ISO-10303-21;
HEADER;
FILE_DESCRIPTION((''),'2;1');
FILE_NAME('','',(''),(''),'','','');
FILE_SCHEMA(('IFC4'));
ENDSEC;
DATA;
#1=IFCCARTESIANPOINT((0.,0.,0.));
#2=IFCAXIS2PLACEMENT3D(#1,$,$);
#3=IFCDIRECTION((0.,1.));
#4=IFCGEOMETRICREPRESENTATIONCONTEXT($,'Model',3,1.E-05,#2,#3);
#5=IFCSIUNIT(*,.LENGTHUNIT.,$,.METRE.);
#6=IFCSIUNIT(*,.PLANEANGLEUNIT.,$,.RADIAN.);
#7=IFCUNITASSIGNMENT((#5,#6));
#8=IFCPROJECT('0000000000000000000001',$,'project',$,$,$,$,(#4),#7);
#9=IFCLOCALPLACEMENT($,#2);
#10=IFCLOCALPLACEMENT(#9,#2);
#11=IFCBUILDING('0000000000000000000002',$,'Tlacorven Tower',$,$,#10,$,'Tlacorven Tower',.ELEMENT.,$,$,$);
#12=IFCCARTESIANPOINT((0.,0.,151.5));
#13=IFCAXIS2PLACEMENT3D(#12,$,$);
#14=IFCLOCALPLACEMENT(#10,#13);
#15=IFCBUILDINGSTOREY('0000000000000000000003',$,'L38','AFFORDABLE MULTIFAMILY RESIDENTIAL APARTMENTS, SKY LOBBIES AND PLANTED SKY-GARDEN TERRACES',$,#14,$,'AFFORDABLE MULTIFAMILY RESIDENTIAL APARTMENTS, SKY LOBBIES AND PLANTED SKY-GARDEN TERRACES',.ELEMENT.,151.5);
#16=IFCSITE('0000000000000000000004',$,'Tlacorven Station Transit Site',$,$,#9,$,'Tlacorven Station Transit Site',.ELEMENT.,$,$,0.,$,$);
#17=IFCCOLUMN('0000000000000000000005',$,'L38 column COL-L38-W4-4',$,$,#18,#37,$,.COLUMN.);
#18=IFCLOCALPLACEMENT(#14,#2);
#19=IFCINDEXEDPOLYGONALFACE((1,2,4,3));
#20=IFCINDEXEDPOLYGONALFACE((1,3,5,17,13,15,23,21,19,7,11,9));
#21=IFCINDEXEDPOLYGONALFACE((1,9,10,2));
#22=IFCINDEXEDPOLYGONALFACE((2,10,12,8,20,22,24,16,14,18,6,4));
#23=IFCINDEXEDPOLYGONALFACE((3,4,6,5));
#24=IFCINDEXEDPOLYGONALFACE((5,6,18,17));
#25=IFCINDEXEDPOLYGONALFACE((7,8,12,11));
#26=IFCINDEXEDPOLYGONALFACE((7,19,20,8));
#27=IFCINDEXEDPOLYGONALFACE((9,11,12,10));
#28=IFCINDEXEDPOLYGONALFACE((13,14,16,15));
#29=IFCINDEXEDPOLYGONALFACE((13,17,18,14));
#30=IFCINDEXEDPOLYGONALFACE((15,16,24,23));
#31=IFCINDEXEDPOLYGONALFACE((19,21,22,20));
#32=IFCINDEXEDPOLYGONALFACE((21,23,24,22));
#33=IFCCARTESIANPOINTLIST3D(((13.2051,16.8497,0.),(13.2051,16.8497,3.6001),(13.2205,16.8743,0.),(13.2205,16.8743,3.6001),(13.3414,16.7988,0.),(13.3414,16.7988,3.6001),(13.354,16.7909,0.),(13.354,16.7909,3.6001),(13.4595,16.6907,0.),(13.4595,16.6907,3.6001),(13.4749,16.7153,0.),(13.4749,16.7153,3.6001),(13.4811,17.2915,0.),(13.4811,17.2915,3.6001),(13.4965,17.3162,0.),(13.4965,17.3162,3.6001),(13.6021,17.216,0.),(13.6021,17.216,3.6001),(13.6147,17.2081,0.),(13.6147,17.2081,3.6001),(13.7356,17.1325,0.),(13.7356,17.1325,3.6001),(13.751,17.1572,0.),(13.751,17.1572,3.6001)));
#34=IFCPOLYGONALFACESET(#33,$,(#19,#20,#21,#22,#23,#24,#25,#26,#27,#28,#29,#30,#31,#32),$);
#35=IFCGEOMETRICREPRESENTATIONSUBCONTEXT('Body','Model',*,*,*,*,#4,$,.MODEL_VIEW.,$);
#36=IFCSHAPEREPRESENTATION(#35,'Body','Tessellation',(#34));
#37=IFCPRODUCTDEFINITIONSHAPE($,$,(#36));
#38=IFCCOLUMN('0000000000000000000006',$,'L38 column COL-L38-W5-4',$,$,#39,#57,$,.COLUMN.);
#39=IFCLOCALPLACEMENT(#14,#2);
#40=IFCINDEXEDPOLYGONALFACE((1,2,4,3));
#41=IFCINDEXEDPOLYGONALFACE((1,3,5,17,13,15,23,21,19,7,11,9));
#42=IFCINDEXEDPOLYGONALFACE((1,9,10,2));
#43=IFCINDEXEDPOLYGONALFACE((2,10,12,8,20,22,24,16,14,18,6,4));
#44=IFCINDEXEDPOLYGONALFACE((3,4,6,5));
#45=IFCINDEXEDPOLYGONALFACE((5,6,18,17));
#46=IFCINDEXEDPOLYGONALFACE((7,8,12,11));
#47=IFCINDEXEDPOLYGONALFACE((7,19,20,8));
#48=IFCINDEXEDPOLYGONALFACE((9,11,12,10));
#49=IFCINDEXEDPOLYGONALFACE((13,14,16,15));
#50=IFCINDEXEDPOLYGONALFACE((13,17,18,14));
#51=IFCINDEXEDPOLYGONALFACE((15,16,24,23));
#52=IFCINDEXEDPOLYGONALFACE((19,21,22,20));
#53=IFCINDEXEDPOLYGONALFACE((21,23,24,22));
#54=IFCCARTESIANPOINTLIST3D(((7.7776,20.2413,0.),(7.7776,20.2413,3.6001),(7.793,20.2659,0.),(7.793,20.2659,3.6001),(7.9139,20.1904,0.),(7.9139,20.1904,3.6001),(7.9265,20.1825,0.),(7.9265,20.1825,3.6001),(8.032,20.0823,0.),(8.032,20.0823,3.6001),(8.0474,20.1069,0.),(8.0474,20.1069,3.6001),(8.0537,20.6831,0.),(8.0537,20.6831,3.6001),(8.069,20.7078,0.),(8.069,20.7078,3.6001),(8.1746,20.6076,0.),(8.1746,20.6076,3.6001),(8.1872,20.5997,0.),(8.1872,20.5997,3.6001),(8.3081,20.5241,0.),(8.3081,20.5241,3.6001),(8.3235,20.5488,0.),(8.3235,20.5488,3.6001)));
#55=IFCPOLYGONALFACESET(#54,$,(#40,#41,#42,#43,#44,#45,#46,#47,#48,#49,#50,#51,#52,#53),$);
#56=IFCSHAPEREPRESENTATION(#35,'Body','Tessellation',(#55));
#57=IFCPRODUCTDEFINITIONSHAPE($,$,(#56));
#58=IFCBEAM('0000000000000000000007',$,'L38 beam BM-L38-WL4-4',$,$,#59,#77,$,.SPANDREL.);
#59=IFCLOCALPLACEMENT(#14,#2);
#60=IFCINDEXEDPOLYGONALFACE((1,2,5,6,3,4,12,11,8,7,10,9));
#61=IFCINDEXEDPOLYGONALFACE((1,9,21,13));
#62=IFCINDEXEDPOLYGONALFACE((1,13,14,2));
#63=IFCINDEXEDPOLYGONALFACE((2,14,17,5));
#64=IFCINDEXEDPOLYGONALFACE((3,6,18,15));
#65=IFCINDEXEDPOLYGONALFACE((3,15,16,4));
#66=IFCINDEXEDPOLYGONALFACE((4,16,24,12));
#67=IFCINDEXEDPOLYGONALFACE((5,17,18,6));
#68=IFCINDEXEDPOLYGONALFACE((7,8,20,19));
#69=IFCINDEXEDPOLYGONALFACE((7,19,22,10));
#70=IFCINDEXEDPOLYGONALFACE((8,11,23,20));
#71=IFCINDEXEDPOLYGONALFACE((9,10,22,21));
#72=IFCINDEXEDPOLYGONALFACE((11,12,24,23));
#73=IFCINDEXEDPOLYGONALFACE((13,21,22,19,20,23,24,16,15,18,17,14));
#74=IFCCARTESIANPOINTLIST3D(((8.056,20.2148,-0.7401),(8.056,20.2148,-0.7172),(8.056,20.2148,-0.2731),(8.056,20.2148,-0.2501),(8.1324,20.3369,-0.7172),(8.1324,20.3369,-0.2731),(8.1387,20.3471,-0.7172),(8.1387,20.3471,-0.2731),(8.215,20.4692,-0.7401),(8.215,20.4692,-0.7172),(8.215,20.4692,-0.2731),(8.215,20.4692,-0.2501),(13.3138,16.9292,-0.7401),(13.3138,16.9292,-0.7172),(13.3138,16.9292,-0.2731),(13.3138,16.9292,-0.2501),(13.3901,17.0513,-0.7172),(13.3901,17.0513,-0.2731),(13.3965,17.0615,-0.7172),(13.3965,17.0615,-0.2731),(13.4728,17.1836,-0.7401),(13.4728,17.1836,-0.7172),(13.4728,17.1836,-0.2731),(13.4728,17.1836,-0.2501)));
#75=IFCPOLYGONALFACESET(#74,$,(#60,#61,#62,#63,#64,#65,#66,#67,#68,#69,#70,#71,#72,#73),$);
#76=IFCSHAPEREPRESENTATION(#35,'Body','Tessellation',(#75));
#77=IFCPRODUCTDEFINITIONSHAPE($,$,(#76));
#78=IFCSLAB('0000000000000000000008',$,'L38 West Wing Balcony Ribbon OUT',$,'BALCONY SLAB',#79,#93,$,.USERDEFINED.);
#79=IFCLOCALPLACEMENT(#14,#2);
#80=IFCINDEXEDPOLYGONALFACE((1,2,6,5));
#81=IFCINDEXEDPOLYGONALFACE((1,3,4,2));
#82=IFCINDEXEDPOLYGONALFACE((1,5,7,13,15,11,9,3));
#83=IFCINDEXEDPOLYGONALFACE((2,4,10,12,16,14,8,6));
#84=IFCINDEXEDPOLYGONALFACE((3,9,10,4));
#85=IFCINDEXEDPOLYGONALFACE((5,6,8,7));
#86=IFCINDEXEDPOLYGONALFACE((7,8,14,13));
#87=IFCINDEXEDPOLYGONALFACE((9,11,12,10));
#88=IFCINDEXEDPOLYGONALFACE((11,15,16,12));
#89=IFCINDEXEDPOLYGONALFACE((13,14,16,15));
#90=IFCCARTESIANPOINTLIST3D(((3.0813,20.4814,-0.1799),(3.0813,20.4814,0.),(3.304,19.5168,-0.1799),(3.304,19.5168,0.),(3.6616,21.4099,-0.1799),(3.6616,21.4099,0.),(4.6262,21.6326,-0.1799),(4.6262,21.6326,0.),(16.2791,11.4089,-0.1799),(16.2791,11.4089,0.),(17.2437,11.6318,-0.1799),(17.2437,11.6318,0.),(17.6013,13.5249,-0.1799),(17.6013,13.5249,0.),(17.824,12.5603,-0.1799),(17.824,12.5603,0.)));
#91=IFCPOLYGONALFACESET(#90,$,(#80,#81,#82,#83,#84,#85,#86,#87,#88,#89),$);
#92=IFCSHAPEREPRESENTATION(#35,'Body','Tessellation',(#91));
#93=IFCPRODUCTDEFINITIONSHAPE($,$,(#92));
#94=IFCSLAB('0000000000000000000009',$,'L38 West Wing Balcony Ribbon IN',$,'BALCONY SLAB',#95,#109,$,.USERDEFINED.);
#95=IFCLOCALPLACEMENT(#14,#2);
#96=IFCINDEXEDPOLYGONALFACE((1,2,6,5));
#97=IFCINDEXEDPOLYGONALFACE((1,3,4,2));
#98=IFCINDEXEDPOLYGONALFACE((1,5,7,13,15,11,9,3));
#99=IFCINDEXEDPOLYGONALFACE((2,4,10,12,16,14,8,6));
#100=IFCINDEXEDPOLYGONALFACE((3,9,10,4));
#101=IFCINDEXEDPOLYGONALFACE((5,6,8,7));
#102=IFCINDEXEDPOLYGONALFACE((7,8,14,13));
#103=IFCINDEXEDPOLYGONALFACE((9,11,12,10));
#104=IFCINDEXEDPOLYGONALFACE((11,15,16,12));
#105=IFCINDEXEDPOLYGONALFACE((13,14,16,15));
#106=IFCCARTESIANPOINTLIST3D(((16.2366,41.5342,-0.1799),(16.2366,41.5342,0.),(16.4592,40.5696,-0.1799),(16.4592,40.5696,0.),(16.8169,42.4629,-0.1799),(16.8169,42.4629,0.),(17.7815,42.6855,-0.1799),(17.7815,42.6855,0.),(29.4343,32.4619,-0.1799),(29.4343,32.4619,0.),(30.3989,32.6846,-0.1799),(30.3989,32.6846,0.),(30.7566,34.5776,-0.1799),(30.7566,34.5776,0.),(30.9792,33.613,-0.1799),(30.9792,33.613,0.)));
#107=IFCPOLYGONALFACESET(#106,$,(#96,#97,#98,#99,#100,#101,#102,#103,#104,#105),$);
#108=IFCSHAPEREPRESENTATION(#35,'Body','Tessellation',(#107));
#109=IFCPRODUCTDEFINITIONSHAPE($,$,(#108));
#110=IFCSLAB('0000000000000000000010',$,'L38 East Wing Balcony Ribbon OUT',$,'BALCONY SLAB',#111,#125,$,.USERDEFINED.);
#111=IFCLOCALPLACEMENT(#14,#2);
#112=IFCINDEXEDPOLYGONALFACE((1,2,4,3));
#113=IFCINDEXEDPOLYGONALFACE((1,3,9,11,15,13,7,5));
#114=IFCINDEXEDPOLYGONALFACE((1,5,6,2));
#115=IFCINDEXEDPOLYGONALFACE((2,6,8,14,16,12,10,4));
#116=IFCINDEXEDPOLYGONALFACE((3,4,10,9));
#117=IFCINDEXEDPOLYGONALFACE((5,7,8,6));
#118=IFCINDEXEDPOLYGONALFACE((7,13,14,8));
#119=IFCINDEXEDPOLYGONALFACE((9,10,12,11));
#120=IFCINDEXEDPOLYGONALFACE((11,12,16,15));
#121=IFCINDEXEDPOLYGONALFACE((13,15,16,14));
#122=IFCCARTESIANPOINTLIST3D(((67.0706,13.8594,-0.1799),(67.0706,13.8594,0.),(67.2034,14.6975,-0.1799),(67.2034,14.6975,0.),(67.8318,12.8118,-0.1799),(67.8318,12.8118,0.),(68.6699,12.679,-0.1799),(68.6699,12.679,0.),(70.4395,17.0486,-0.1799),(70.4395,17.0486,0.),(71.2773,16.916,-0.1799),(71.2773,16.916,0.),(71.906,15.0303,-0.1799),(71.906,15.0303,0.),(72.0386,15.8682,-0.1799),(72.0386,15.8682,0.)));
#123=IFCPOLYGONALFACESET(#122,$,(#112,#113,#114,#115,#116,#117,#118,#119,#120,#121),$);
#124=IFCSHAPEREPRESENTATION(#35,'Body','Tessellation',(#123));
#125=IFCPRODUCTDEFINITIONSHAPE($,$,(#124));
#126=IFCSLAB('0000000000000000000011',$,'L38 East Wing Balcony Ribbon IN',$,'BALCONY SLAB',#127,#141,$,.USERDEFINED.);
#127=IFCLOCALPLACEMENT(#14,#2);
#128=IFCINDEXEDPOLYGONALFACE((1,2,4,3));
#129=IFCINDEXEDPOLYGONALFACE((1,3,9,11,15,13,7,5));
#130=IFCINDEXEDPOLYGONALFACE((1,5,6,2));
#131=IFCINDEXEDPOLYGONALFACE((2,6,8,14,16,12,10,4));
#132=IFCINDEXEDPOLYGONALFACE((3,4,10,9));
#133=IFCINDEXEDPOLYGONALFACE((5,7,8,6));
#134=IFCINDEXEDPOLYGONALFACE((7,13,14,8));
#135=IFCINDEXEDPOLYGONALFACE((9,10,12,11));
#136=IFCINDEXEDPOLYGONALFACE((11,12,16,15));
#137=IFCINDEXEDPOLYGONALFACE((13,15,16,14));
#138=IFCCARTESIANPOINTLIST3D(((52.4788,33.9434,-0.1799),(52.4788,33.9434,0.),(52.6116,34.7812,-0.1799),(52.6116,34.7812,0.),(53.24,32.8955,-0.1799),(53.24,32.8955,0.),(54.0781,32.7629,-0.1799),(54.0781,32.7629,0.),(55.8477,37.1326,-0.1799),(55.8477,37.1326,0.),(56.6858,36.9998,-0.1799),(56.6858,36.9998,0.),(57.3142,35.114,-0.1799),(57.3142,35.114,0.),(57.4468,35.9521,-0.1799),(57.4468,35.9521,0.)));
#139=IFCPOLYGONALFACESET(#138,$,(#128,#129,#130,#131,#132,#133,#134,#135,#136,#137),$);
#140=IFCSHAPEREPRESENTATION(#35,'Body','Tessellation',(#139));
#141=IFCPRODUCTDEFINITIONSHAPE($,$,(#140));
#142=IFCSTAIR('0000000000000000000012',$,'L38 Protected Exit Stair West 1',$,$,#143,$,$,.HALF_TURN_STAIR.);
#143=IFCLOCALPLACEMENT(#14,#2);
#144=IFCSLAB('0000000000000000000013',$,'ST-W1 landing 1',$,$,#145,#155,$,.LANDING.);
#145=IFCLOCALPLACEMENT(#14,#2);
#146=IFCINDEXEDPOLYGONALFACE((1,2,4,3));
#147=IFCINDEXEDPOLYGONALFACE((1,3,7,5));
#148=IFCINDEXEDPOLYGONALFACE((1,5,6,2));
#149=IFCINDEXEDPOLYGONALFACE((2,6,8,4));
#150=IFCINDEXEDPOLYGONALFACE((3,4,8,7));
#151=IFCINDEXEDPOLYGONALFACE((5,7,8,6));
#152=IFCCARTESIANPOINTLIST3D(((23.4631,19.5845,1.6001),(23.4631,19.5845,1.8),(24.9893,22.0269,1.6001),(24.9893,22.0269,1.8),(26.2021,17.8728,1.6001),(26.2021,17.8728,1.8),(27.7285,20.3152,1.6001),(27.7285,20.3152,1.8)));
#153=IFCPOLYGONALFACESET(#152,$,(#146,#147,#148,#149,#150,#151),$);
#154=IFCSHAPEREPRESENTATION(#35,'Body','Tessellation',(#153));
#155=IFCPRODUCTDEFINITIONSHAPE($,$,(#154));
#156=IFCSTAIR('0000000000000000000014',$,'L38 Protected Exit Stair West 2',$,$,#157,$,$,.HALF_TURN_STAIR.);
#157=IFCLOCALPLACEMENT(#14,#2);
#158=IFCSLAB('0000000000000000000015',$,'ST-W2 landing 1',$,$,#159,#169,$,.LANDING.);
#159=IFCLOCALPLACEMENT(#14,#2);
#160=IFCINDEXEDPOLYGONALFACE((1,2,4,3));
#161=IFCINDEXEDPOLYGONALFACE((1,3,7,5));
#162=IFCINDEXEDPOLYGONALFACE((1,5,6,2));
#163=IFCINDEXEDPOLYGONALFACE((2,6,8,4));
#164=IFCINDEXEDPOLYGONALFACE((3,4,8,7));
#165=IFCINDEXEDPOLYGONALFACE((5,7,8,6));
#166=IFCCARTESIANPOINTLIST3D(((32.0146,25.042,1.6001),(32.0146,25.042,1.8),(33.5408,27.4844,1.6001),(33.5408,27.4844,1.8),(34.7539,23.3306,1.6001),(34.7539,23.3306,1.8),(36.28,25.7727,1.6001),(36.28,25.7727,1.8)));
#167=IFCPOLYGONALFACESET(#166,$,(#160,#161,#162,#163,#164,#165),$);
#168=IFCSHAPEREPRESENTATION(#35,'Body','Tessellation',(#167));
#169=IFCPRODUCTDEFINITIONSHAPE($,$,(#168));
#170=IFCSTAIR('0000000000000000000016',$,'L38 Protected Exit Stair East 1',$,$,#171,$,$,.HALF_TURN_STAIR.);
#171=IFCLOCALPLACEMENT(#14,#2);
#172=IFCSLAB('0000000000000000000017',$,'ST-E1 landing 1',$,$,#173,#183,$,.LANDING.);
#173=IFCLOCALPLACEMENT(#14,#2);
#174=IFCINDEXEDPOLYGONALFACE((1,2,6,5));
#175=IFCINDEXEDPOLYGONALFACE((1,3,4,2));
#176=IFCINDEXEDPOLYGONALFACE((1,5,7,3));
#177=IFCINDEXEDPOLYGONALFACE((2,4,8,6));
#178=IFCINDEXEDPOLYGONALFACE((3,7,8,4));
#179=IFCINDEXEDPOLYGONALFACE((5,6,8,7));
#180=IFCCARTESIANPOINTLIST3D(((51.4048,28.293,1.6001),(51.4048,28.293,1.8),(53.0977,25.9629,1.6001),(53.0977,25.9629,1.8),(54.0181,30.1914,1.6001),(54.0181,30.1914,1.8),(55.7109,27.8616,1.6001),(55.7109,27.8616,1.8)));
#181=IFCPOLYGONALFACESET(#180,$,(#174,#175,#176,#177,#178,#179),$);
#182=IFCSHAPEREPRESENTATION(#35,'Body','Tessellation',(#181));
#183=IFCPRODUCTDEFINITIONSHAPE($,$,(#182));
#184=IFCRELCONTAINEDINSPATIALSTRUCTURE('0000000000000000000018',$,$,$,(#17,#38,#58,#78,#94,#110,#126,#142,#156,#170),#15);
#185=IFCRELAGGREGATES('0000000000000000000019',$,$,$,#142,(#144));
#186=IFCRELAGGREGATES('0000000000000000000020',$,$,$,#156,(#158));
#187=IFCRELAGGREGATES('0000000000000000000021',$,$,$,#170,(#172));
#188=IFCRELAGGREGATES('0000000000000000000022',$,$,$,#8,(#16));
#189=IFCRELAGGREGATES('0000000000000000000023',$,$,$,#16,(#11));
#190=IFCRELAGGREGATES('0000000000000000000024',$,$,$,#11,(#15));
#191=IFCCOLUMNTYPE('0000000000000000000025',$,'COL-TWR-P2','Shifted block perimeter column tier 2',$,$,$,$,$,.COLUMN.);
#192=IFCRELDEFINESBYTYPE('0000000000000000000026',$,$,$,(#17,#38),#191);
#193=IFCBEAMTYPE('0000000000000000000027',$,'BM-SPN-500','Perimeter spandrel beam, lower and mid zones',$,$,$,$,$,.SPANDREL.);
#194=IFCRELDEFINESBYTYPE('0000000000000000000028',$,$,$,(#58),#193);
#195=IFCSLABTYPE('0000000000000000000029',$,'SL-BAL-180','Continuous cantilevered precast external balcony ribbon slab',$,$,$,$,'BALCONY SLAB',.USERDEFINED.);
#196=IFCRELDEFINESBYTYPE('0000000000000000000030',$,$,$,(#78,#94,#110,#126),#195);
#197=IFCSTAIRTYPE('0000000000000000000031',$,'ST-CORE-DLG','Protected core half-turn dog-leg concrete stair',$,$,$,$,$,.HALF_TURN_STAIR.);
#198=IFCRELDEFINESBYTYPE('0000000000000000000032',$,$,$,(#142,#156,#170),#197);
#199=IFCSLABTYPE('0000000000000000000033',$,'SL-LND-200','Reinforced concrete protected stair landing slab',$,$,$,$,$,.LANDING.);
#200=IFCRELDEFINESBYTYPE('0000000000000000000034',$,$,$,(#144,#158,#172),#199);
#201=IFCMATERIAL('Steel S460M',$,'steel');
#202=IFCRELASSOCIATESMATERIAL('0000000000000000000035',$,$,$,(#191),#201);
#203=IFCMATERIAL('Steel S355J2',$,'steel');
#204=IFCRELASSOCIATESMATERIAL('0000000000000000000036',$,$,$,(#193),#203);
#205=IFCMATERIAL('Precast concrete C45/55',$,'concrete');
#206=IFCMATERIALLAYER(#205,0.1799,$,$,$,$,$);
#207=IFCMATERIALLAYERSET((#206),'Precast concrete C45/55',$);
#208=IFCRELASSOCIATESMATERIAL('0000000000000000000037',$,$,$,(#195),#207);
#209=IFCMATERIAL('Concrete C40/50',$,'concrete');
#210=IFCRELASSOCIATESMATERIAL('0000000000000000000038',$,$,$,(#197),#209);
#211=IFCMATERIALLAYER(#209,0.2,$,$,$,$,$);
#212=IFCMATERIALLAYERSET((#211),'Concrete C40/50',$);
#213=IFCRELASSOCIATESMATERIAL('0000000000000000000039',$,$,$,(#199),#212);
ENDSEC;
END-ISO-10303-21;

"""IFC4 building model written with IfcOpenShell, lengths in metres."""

from ifc_helpers import new_model, si_unit, direction, frame, origin, origin_2d, place, context, subcontext, project, spatial, polyline, i_section, outline, extrude, source, transform, mapped, material, layer, layer_set, material_profile, profile_set, type_object, element, aggregate, save


model = new_model("IFC4")

# Units and contexts
model_context = context("Model", 3, precision=1e-05, world=origin(), true_north=direction((0.0, 1.0)))
body_context = subcontext(model_context, "Body", "Model", "MODEL_VIEW")
ifc_project = project(units=[si_unit("LENGTHUNIT", "METRE"), si_unit("PLANEANGLEUNIT", "RADIAN")], contexts=[model_context])

# Site, building, storey
site_placement = place(None, origin())
site = spatial("IfcSite", under=ifc_project, at=site_placement, Name="Tlacorven Station Transit Site", LongName="Tlacorven Station Transit Site", CompositionType="ELEMENT", RefElevation=0.0)
building_placement = place(site_placement, origin())
building = spatial("IfcBuilding", under=site, at=building_placement, Name="Tlacorven Tower", LongName="Tlacorven Tower", CompositionType="ELEMENT")
storey_placement = place(building_placement, frame((0.0, 0.0, 151.5)))
storey = spatial("IfcBuildingStorey", under=building, at=storey_placement, Name="L38", Description="AFFORDABLE MULTIFAMILY RESIDENTIAL APARTMENTS, SKY LOBBIES AND PLANTED SKY-GARDEN TERRACES", LongName="AFFORDABLE MULTIFAMILY RESIDENTIAL APARTMENTS, SKY LOBBIES AND PLANTED SKY-GARDEN TERRACES", CompositionType="ELEMENT", Elevation=151.5)

# Columns
ifc_material_1 = material(Name="Steel S460M", Category="steel")
ifc_material_profile_1 = material_profile(ifc_material_1, i_section(OverallWidth=0.3, OverallDepth=0.55, WebThickness=0.0149, FlangeThickness=0.0291, at=origin_2d()), Name="HEB 550")
ifc_profile_set_1 = profile_set([ifc_material_profile_1], Name="Steel S460M")
column_type = type_object("IfcColumnType", Name="COL-TWR-P2", Description="Shifted block perimeter column tier 2", PredefinedType="COLUMN", material=ifc_profile_set_1)
shared_shape_1 = source(origin(), body_context, "Body", "SweptSolid", [
    extrude(i_section(OverallWidth=0.3, OverallDepth=0.55, WebThickness=0.0149, FlangeThickness=0.0291, at=origin_2d()), origin(), (0.0, 0.0, 1.0), 3.6001),
])
for number, where, z_axis, x_axis, name in (
    (1, (13.478, 17.0034, 0.0), (0.0, 0.0, 1.0), (-0.848048, 0.529919, 0.0), "L38 column COL-L38-W4-4"),
    (2, (8.0505, 20.395, 0.0), (0.0, 0.0, 1.0), (-0.848048, 0.529919, 0.0), "L38 column COL-L38-W5-4"),
):
    element("IfcColumn", number, at=place(storey_placement, frame(where, z_axis=z_axis, x_axis=x_axis)), inside=storey, type_object=column_type, Name=name, PredefinedType="COLUMN", context=body_context, shape_type="MappedRepresentation", body=[
        mapped(shared_shape_1, transform((0.0, 0.0, 0.0), scale=1.0)),
    ])

# Beam
ifc_material_2 = material(Name="Steel S355J2", Category="steel")
ifc_material_profile_2 = material_profile(ifc_material_2, i_section(OverallWidth=0.3, OverallDepth=0.49, WebThickness=0.012, FlangeThickness=0.0229, at=origin_2d()), Name="HEA 500")
ifc_profile_set_2 = profile_set([ifc_material_profile_2], Name="Steel S355J2")
beam_type = type_object("IfcBeamType", Name="BM-SPN-500", Description="Perimeter spandrel beam, lower and mid zones", PredefinedType="SPANDREL", material=ifc_profile_set_2)
shared_shape_2 = source(origin(), body_context, "Body", "SweptSolid", [
    extrude(i_section(OverallWidth=0.3, OverallDepth=0.49, WebThickness=0.012, FlangeThickness=0.0229, at=origin_2d()), origin(), (0.0, 0.0, 1.0), 6.2),
])
beam_placement = place(storey_placement, frame((13.3933, 17.0564, -0.4951), z_axis=(-0.848034, 0.529942, 0.0), x_axis=(-0.529942, -0.848034, 0.0)))
element("IfcBeam", 3, at=beam_placement, inside=storey, type_object=beam_type, Name="L38 beam BM-L38-WL4-4", PredefinedType="SPANDREL", context=body_context, shape_type="MappedRepresentation", body=[
    mapped(shared_shape_2, transform((0.0, 0.0, 0.0), scale=1.0)),
])

# Slabs
ifc_material_3 = material(Name="Precast concrete C45/55", Category="concrete")
ifc_layer_1 = layer(ifc_material_3, 0.1799)
ifc_layer_set_1 = layer_set([ifc_layer_1], Name="Precast concrete C45/55")
slab_type_1 = type_object("IfcSlabType", Name="SL-BAL-180", Description="Continuous cantilevered precast external balcony ribbon slab", ElementType="BALCONY SLAB", PredefinedType="USERDEFINED", material=ifc_layer_set_1)
slab_1_placement = place(storey_placement, frame((0.0, 0.0, -0.1799)))
element("IfcSlab", 4, at=slab_1_placement, inside=storey, type_object=slab_type_1, Name="L38 West Wing Balcony Ribbon OUT", ObjectType="BALCONY SLAB", PredefinedType="USERDEFINED", context=body_context, shape_type="SweptSolid", body=[
    extrude(outline(polyline([(17.6013, 13.5249), (4.6262, 21.6326), (3.6616, 21.4099), (3.0813, 20.4814), (3.304, 19.5168), (16.2791, 11.4089), (17.2437, 11.6318), (17.824, 12.5603), (17.6013, 13.5249)])), origin(), (0.0, 0.0, 1.0), 0.1799),
])
slab_2_placement = place(storey_placement, frame((0.0, 0.0, -0.1799)))
element("IfcSlab", 5, at=slab_2_placement, inside=storey, type_object=slab_type_1, Name="L38 West Wing Balcony Ribbon IN", ObjectType="BALCONY SLAB", PredefinedType="USERDEFINED", context=body_context, shape_type="SweptSolid", body=[
    extrude(outline(polyline([(30.7566, 34.5776), (17.7815, 42.6855), (16.8169, 42.4629), (16.2366, 41.5342), (16.4592, 40.5696), (29.4343, 32.4619), (30.3989, 32.6846), (30.9792, 33.613), (30.7566, 34.5776)])), origin(), (0.0, 0.0, 1.0), 0.1799),
])
slab_3_placement = place(storey_placement, frame((0.0, 0.0, -0.1799)))
element("IfcSlab", 6, at=slab_3_placement, inside=storey, type_object=slab_type_1, Name="L38 East Wing Balcony Ribbon OUT", ObjectType="BALCONY SLAB", PredefinedType="USERDEFINED", context=body_context, shape_type="SweptSolid", body=[
    extrude(outline(polyline([(68.6699, 12.679), (71.906, 15.0303), (72.0386, 15.8682), (71.2773, 16.916), (70.4395, 17.0486), (67.2034, 14.6975), (67.0706, 13.8594), (67.8318, 12.8118), (68.6699, 12.679)])), origin(), (0.0, 0.0, 1.0), 0.1799),
])
slab_4_placement = place(storey_placement, frame((0.0, 0.0, -0.1799)))
element("IfcSlab", 7, at=slab_4_placement, inside=storey, type_object=slab_type_1, Name="L38 East Wing Balcony Ribbon IN", ObjectType="BALCONY SLAB", PredefinedType="USERDEFINED", context=body_context, shape_type="SweptSolid", body=[
    extrude(outline(polyline([(54.0781, 32.7629), (57.3142, 35.114), (57.4468, 35.9521), (56.6858, 36.9998), (55.8477, 37.1326), (52.6116, 34.7812), (52.4788, 33.9434), (53.24, 32.8955), (54.0781, 32.7629)])), origin(), (0.0, 0.0, 1.0), 0.1799),
])

# Stairs, slabs
ifc_material_4 = material(Name="Concrete C40/50", Category="concrete")
stair_type = type_object("IfcStairType", Name="ST-CORE-DLG", Description="Protected core half-turn dog-leg concrete stair", PredefinedType="HALF_TURN_STAIR", material=ifc_material_4)
stair_1_placement = place(storey_placement, origin())
stair_1 = element("IfcStair", 8, at=stair_1_placement, inside=storey, type_object=stair_type, Name="L38 Protected Exit Stair West 1", PredefinedType="HALF_TURN_STAIR")
ifc_layer_2 = layer(ifc_material_4, 0.2)
ifc_layer_set_2 = layer_set([ifc_layer_2], Name="Concrete C40/50")
slab_type_2 = type_object("IfcSlabType", Name="SL-LND-200", Description="Reinforced concrete protected stair landing slab", PredefinedType="LANDING", material=ifc_layer_set_2)
slab_5_placement = place(storey_placement, frame((0.0, 0.0, 1.6001)))
slab_5 = element("IfcSlab", 9, at=slab_5_placement, type_object=slab_type_2, Name="ST-W1 landing 1", PredefinedType="LANDING", context=body_context, shape_type="SweptSolid", body=[
    extrude(outline(polyline([(27.7285, 20.3152), (24.9893, 22.0269), (23.4631, 19.5845), (26.2021, 17.8728), (27.7285, 20.3152)])), origin(), (0.0, 0.0, 1.0), 0.2),
])
aggregate(stair_1, [slab_5])
stair_2_placement = place(storey_placement, origin())
stair_2 = element("IfcStair", 10, at=stair_2_placement, inside=storey, type_object=stair_type, Name="L38 Protected Exit Stair West 2", PredefinedType="HALF_TURN_STAIR")
slab_6_placement = place(storey_placement, frame((0.0, 0.0, 1.6001)))
slab_6 = element("IfcSlab", 11, at=slab_6_placement, type_object=slab_type_2, Name="ST-W2 landing 1", PredefinedType="LANDING", context=body_context, shape_type="SweptSolid", body=[
    extrude(outline(polyline([(36.28, 25.7727), (33.5408, 27.4844), (32.0146, 25.042), (34.7539, 23.3306), (36.28, 25.7727)])), origin(), (0.0, 0.0, 1.0), 0.2),
])
aggregate(stair_2, [slab_6])
stair_3_placement = place(storey_placement, origin())
stair_3 = element("IfcStair", 12, at=stair_3_placement, inside=storey, type_object=stair_type, Name="L38 Protected Exit Stair East 1", PredefinedType="HALF_TURN_STAIR")
slab_7_placement = place(storey_placement, frame((0.0, 0.0, 1.6001)))
slab_7 = element("IfcSlab", 13, at=slab_7_placement, type_object=slab_type_2, Name="ST-E1 landing 1", PredefinedType="LANDING", context=body_context, shape_type="SweptSolid", body=[
    extrude(outline(polyline([(53.0977, 25.9629), (55.7109, 27.8616), (54.0181, 30.1914), (51.4048, 28.293), (53.0977, 25.9629)])), origin(), (0.0, 0.0, 1.0), 0.2),
])
aggregate(stair_3, [slab_7])

save(model, "model.ifc")
